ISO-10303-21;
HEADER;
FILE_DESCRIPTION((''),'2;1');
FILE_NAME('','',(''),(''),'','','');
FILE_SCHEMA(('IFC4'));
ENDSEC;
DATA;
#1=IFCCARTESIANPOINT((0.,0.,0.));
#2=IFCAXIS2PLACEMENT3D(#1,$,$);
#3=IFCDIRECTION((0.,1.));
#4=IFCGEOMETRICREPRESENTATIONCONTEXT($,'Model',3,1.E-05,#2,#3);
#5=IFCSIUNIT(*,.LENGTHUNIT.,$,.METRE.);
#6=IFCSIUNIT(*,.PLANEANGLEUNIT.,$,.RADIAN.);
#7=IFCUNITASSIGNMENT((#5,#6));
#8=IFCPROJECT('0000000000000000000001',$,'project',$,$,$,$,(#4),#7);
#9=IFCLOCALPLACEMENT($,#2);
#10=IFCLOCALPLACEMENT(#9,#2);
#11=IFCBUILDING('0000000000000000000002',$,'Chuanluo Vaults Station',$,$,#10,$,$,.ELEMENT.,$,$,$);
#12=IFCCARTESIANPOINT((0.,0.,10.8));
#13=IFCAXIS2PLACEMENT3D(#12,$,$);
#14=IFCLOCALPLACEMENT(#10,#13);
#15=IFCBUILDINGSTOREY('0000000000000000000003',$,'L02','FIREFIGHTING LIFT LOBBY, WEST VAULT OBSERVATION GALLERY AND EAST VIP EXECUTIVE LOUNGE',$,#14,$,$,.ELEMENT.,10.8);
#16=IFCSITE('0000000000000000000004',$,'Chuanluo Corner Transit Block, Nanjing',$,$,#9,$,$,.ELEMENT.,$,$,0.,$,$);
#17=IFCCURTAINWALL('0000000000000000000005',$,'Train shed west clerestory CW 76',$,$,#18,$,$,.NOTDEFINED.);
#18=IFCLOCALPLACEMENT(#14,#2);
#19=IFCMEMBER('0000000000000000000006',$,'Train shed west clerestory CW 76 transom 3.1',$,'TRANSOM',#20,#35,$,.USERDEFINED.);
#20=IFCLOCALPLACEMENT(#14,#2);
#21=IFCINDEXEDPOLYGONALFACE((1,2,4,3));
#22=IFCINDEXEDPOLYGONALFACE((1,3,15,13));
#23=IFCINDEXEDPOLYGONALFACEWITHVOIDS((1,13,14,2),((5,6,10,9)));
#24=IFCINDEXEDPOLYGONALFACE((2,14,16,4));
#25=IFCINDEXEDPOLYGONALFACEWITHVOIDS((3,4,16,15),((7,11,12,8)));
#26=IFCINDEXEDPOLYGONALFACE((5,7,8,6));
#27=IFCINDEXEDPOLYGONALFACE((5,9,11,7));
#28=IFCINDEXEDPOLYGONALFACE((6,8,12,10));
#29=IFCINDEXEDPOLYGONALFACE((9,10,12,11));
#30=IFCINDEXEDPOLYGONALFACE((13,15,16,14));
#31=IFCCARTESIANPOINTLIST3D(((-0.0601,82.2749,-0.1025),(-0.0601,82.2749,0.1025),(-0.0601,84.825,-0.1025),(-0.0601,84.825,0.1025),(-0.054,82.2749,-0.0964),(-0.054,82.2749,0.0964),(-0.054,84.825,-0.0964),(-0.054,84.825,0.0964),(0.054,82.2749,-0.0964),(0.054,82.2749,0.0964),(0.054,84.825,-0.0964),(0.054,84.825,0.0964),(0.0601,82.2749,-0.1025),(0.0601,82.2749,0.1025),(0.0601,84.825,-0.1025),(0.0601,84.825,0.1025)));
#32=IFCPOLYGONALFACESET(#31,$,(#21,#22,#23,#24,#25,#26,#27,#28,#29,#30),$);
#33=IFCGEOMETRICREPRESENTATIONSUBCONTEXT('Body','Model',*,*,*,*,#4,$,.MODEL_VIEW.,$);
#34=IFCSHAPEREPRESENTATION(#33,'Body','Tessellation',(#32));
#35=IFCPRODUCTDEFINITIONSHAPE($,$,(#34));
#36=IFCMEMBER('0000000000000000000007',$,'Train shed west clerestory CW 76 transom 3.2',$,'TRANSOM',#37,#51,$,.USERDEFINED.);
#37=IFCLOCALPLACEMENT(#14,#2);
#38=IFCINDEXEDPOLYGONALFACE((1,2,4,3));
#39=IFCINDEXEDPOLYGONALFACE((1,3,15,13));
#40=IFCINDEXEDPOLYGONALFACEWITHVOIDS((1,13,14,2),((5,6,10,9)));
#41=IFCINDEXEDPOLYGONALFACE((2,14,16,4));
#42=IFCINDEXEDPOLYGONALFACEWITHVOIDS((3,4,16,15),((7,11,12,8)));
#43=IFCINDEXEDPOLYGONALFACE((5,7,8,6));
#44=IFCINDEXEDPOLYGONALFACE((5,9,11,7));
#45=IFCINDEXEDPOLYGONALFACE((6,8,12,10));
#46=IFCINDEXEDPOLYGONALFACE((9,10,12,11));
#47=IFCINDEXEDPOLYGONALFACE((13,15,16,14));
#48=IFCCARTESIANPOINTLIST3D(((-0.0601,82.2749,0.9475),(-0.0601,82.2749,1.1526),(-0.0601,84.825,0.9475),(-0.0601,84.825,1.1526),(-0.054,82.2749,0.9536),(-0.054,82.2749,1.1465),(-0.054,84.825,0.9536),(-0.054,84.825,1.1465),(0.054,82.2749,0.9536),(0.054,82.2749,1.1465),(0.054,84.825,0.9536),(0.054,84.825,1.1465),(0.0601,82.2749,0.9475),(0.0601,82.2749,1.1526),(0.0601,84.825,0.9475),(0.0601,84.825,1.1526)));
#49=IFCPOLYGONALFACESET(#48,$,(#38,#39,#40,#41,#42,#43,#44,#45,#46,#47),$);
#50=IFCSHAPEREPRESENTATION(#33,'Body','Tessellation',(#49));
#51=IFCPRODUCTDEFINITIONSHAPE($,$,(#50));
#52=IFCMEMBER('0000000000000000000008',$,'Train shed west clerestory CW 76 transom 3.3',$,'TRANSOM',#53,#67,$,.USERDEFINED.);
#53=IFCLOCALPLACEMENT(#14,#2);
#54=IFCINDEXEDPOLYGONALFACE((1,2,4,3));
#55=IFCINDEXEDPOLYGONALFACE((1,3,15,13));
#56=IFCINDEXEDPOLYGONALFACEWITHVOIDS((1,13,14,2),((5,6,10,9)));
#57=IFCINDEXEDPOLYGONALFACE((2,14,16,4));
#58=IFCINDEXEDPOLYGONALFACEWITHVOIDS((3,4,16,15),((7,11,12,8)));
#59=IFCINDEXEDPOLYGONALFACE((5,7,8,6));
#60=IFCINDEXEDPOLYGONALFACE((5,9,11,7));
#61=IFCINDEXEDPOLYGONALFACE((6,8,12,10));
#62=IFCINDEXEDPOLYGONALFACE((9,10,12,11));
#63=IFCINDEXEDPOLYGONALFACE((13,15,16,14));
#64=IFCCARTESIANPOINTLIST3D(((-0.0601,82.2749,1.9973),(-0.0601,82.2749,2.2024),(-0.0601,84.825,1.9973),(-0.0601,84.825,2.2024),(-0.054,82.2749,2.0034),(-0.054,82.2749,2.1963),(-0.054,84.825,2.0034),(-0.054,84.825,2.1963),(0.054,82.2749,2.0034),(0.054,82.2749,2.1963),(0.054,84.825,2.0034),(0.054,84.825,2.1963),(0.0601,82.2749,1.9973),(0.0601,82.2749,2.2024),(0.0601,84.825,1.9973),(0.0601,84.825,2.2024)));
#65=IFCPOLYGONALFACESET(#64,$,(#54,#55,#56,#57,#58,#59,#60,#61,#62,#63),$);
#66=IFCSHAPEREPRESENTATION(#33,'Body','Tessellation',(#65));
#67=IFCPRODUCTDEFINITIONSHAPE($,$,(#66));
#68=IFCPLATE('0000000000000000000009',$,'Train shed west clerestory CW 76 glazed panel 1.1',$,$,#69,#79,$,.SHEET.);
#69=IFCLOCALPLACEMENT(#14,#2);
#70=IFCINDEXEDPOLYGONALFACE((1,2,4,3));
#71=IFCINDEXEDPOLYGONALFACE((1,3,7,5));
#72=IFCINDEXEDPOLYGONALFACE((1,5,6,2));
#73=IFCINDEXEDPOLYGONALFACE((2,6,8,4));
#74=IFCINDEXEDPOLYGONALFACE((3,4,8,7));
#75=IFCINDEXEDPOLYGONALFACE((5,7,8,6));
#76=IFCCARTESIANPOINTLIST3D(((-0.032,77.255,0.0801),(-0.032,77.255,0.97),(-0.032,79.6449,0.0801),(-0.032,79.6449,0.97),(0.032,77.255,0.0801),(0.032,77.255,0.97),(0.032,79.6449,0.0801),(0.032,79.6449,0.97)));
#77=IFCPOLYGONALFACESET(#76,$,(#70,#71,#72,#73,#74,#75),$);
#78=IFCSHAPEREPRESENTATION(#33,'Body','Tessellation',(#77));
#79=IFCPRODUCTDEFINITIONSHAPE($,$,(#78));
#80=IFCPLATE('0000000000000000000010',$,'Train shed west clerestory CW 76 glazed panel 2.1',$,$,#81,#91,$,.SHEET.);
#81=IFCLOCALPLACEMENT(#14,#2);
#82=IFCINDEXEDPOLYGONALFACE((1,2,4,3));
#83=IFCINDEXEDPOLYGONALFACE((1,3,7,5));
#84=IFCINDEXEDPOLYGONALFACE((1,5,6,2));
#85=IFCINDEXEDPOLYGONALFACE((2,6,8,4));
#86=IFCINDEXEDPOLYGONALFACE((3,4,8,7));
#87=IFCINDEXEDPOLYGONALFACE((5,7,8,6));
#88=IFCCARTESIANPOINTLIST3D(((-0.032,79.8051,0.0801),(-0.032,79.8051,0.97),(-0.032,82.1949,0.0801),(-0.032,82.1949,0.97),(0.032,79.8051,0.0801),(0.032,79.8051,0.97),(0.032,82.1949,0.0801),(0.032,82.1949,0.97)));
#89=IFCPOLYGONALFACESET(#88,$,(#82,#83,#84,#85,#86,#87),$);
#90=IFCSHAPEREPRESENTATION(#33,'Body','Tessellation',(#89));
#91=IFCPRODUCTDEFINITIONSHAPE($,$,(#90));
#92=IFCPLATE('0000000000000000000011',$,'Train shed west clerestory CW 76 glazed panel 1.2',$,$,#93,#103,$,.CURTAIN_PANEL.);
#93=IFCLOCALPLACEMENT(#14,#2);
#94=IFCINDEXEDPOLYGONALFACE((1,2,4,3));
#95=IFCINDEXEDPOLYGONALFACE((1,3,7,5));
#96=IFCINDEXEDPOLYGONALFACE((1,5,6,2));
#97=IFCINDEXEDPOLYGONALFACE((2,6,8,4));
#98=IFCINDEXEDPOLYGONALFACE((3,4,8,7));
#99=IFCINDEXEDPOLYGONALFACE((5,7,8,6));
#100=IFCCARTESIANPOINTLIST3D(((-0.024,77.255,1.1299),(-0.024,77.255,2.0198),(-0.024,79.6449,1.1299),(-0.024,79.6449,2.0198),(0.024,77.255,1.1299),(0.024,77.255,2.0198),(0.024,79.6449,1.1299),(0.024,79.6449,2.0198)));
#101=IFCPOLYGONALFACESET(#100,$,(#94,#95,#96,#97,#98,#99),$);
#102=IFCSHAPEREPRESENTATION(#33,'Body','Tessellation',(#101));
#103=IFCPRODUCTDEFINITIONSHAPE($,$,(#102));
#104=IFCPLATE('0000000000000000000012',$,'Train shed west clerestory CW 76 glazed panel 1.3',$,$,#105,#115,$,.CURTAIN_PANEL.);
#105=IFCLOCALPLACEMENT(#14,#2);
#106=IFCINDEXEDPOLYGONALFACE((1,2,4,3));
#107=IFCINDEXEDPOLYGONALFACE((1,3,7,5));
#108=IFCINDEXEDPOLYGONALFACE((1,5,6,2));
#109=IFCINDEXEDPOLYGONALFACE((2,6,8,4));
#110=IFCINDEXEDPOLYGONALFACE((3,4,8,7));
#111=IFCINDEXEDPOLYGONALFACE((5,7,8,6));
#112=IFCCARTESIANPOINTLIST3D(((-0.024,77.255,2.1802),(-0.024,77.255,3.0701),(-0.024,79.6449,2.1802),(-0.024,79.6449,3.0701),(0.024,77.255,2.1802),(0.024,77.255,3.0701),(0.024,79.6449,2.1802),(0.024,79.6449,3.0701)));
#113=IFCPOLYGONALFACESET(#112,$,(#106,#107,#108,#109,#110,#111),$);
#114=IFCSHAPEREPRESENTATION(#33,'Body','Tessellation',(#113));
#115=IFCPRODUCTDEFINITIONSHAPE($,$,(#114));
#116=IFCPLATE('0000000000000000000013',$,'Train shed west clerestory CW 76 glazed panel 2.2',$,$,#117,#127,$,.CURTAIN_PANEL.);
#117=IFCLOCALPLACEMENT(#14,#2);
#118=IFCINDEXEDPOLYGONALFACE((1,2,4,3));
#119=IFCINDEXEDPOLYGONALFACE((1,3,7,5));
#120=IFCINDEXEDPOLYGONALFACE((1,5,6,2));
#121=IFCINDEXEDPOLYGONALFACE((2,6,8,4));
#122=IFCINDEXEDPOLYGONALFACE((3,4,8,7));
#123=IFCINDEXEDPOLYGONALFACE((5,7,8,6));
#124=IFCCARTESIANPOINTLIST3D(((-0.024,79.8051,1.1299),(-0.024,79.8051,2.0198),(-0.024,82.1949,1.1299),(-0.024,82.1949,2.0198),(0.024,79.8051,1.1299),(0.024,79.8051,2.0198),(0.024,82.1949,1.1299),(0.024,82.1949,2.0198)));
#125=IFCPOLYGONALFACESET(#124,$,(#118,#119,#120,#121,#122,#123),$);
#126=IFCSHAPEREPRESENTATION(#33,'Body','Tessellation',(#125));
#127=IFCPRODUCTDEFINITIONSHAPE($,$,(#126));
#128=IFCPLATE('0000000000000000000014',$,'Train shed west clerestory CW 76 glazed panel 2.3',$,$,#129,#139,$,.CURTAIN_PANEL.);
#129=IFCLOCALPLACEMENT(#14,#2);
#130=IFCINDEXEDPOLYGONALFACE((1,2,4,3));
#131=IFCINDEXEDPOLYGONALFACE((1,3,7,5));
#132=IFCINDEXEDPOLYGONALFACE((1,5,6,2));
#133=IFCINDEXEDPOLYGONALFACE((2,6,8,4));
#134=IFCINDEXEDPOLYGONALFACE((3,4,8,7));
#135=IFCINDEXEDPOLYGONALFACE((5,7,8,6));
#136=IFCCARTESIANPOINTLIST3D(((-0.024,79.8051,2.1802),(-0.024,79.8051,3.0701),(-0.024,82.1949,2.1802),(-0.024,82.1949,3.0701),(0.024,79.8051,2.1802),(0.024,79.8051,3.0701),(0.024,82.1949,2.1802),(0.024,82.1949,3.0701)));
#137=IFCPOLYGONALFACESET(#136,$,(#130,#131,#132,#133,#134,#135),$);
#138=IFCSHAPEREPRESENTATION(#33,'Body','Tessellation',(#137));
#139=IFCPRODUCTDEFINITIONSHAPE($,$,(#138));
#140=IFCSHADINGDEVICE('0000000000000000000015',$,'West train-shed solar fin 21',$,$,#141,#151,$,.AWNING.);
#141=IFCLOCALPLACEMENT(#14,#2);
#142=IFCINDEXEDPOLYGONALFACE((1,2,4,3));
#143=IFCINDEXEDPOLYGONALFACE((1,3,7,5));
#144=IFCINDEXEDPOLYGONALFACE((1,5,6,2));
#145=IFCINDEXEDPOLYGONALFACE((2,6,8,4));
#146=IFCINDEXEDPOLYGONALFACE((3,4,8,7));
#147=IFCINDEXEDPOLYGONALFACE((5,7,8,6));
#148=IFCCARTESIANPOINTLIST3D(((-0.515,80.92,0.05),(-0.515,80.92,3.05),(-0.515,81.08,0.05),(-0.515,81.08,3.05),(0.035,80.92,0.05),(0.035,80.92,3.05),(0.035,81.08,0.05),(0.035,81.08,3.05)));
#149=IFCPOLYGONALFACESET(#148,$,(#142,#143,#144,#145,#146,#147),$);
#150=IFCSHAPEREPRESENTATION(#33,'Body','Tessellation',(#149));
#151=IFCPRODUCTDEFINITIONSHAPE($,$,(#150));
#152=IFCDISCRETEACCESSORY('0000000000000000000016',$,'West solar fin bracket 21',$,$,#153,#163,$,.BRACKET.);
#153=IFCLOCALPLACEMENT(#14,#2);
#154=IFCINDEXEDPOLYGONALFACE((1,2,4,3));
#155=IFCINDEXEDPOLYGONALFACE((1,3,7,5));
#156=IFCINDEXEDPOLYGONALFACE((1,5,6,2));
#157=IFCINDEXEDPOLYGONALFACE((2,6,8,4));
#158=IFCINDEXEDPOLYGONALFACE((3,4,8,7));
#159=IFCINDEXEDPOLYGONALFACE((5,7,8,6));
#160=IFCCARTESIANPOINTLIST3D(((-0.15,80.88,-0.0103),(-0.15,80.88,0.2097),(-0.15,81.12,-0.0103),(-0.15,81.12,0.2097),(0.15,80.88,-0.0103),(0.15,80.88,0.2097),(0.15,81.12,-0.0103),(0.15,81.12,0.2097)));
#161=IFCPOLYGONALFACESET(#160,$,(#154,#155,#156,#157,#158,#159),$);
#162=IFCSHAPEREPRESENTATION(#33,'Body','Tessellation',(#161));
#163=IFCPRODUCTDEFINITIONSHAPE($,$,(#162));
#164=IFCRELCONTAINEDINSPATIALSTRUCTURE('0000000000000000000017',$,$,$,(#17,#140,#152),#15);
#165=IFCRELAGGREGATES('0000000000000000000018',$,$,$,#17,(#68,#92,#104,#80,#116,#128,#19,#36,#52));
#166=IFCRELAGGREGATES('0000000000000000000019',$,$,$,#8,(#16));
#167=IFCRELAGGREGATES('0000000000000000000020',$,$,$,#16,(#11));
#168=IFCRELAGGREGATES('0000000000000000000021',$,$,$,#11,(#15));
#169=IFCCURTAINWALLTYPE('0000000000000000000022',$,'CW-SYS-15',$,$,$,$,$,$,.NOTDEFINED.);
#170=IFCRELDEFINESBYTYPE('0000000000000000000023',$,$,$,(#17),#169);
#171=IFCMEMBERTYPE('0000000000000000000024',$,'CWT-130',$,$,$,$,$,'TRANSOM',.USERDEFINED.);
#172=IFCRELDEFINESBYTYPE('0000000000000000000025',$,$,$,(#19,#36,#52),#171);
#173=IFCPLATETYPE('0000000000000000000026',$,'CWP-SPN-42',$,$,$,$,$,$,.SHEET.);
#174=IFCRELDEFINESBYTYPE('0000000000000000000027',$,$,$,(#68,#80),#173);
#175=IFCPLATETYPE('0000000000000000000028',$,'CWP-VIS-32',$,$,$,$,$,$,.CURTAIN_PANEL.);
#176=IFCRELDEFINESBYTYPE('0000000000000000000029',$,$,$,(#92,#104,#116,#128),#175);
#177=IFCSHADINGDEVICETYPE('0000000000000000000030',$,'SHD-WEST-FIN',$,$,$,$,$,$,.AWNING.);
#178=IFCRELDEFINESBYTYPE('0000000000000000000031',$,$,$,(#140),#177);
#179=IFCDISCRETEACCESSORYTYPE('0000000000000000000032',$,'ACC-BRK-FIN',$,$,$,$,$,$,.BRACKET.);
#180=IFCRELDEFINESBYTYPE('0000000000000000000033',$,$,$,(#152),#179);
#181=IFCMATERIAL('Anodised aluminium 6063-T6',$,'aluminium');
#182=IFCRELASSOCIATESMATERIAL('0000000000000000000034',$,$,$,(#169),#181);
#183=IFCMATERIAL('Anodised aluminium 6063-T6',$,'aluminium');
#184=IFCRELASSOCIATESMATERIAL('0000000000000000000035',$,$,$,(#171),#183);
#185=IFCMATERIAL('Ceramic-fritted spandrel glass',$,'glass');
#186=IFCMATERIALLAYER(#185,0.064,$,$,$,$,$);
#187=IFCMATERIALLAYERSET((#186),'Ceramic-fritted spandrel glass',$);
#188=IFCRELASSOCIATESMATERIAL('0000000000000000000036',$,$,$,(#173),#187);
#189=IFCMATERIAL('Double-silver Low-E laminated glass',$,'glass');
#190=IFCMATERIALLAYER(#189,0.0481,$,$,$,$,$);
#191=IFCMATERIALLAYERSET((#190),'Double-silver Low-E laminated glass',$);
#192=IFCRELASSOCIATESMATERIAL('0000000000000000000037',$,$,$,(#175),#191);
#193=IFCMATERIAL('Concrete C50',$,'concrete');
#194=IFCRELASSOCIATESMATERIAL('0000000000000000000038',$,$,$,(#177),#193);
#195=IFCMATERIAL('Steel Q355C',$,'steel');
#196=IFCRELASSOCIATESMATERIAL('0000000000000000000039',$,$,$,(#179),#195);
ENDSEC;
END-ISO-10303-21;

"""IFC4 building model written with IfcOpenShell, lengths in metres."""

from ifc_helpers import new_model, si_unit, direction, frame, origin, origin_2d, place, context, subcontext, project, spatial, rectangle, hollow_rectangle, extrude, material, layer, layer_set, material_profile, profile_set, type_object, element, aggregate, save


model = new_model("IFC4")

# Units and contexts
model_context = context("Model", 3, precision=1e-05, world=origin(), true_north=direction((0.0, 1.0)))
body_context = subcontext(model_context, "Body", "Model", "MODEL_VIEW")
ifc_project = project(units=[si_unit("LENGTHUNIT", "METRE"), si_unit("PLANEANGLEUNIT", "RADIAN")], contexts=[model_context])

# Site, building, storey
site_placement = place(None, origin())
site = spatial("IfcSite", under=ifc_project, at=site_placement, Name="Chuanluo Corner Transit Block, Nanjing", CompositionType="ELEMENT", RefElevation=0.0)
building_placement = place(site_placement, origin())
building = spatial("IfcBuilding", under=site, at=building_placement, Name="Chuanluo Vaults Station", CompositionType="ELEMENT")
storey_placement = place(building_placement, frame((0.0, 0.0, 10.8)))
storey = spatial("IfcBuildingStorey", under=building, at=storey_placement, Name="L02", Description="FIREFIGHTING LIFT LOBBY, WEST VAULT OBSERVATION GALLERY AND EAST VIP EXECUTIVE LOUNGE", CompositionType="ELEMENT", Elevation=10.8)

# Curtain wall, members, plates
ifc_material_1 = material(Name="Anodised aluminium 6063-T6", Category="aluminium")
curtain_wall_type = type_object("IfcCurtainWallType", Name="CW-SYS-15", PredefinedType="NOTDEFINED", material=ifc_material_1)
curtain_wall_placement = place(storey_placement, origin())
curtain_wall = element("IfcCurtainWall", 1, at=curtain_wall_placement, inside=storey, type_object=curtain_wall_type, Name="Train shed west clerestory CW 76", PredefinedType="NOTDEFINED")
ifc_material_2 = material(Name="Anodised aluminium 6063-T6", Category="aluminium")
ifc_material_profile_1 = material_profile(ifc_material_2, hollow_rectangle(XDim=0.1201, YDim=0.2051, WallThickness=0.0061, at=origin_2d()))
ifc_profile_set_1 = profile_set([ifc_material_profile_1], Name="Anodised aluminium 6063-T6")
member_type_1 = type_object("IfcMemberType", Name="CWT-130", ElementType="TRANSOM", PredefinedType="USERDEFINED", material=ifc_profile_set_1)
member_1_placement = place(storey_placement, frame((0.0, 82.2749, 0.0), z_axis=(0.0, 1.0, 0.0), x_axis=(-1.0, 0.0, 0.0)))
member_1 = element("IfcMember", 2, at=member_1_placement, type_object=member_type_1, Name="Train shed west clerestory CW 76 transom 3.1", ObjectType="TRANSOM", PredefinedType="USERDEFINED", context=body_context, shape_type="SweptSolid", body=[
    extrude(hollow_rectangle(XDim=0.1201, YDim=0.2051, WallThickness=0.0061, at=origin_2d()), origin(), (0.0, 0.0, 1.0), 2.55),
])
member_2_placement = place(storey_placement, frame((0.0, 82.2749, 1.05), z_axis=(0.0, 1.0, 0.0), x_axis=(-1.0, 0.0, 0.0)))
member_2 = element("IfcMember", 3, at=member_2_placement, type_object=member_type_1, Name="Train shed west clerestory CW 76 transom 3.2", ObjectType="TRANSOM", PredefinedType="USERDEFINED", context=body_context, shape_type="SweptSolid", body=[
    extrude(hollow_rectangle(XDim=0.1201, YDim=0.2051, WallThickness=0.0061, at=origin_2d()), origin(), (0.0, 0.0, 1.0), 2.55),
])
member_3_placement = place(storey_placement, frame((0.0, 82.2749, 2.0999), z_axis=(0.0, 1.0, 0.0), x_axis=(-1.0, 0.0, 0.0)))
member_3 = element("IfcMember", 4, at=member_3_placement, type_object=member_type_1, Name="Train shed west clerestory CW 76 transom 3.3", ObjectType="TRANSOM", PredefinedType="USERDEFINED", context=body_context, shape_type="SweptSolid", body=[
    extrude(hollow_rectangle(XDim=0.1201, YDim=0.2051, WallThickness=0.0061, at=origin_2d()), origin(), (0.0, 0.0, 1.0), 2.55),
])
ifc_material_3 = material(Name="Ceramic-fritted spandrel glass", Category="glass")
ifc_layer_1 = layer(ifc_material_3, 0.064)
ifc_layer_set_1 = layer_set([ifc_layer_1], Name="Ceramic-fritted spandrel glass")
plate_type_1 = type_object("IfcPlateType", Name="CWP-SPN-42", PredefinedType="SHEET", material=ifc_layer_set_1)
plate_1_placement = place(storey_placement, frame((0.0, 78.45, 0.0801), z_axis=(0.0, 0.0, 1.0), x_axis=(0.0, 1.0, 0.0)))
plate_1 = element("IfcPlate", 5, at=plate_1_placement, type_object=plate_type_1, Name="Train shed west clerestory CW 76 glazed panel 1.1", PredefinedType="SHEET", context=body_context, shape_type="SweptSolid", body=[
    extrude(rectangle(XDim=2.3899, YDim=0.064, at=origin_2d()), origin(), (0.0, 0.0, 1.0), 0.8899),
])
plate_2_placement = place(storey_placement, frame((0.0, 81.0, 0.0801), z_axis=(0.0, 0.0, 1.0), x_axis=(0.0, 1.0, 0.0)))
plate_2 = element("IfcPlate", 6, at=plate_2_placement, type_object=plate_type_1, Name="Train shed west clerestory CW 76 glazed panel 2.1", PredefinedType="SHEET", context=body_context, shape_type="SweptSolid", body=[
    extrude(rectangle(XDim=2.3899, YDim=0.064, at=origin_2d()), origin(), (0.0, 0.0, 1.0), 0.8899),
])
ifc_material_4 = material(Name="Double-silver Low-E laminated glass", Category="glass")
ifc_layer_2 = layer(ifc_material_4, 0.0481)
ifc_layer_set_2 = layer_set([ifc_layer_2], Name="Double-silver Low-E laminated glass")
plate_type_2 = type_object("IfcPlateType", Name="CWP-VIS-32", PredefinedType="CURTAIN_PANEL", material=ifc_layer_set_2)
plate_3_placement = place(storey_placement, frame((0.0, 78.45, 1.1299), z_axis=(0.0, 0.0, 1.0), x_axis=(0.0, 1.0, 0.0)))
plate_3 = element("IfcPlate", 7, at=plate_3_placement, type_object=plate_type_2, Name="Train shed west clerestory CW 76 glazed panel 1.2", PredefinedType="CURTAIN_PANEL", context=body_context, shape_type="SweptSolid", body=[
    extrude(rectangle(XDim=2.3899, YDim=0.0481, at=origin_2d()), origin(), (0.0, 0.0, 1.0), 0.8899),
])
plate_4_placement = place(storey_placement, frame((0.0, 78.45, 2.1802), z_axis=(0.0, 0.0, 1.0), x_axis=(0.0, 1.0, 0.0)))
plate_4 = element("IfcPlate", 8, at=plate_4_placement, type_object=plate_type_2, Name="Train shed west clerestory CW 76 glazed panel 1.3", PredefinedType="CURTAIN_PANEL", context=body_context, shape_type="SweptSolid", body=[
    extrude(rectangle(XDim=2.3899, YDim=0.0481, at=origin_2d()), origin(), (0.0, 0.0, 1.0), 0.8899),
])
plate_5_placement = place(storey_placement, frame((0.0, 81.0, 1.1299), z_axis=(0.0, 0.0, 1.0), x_axis=(0.0, 1.0, 0.0)))
plate_5 = element("IfcPlate", 9, at=plate_5_placement, type_object=plate_type_2, Name="Train shed west clerestory CW 76 glazed panel 2.2", PredefinedType="CURTAIN_PANEL", context=body_context, shape_type="SweptSolid", body=[
    extrude(rectangle(XDim=2.3899, YDim=0.0481, at=origin_2d()), origin(), (0.0, 0.0, 1.0), 0.8899),
])
plate_6_placement = place(storey_placement, frame((0.0, 81.0, 2.1802), z_axis=(0.0, 0.0, 1.0), x_axis=(0.0, 1.0, 0.0)))
plate_6 = element("IfcPlate", 10, at=plate_6_placement, type_object=plate_type_2, Name="Train shed west clerestory CW 76 glazed panel 2.3", PredefinedType="CURTAIN_PANEL", context=body_context, shape_type="SweptSolid", body=[
    extrude(rectangle(XDim=2.3899, YDim=0.0481, at=origin_2d()), origin(), (0.0, 0.0, 1.0), 0.8899),
])
aggregate(curtain_wall, [plate_1, plate_3, plate_4, plate_2, plate_5, plate_6, member_1, member_2, member_3])

# Shading device
ifc_material_5 = material(Name="Concrete C50", Category="concrete")
shading_device_type = type_object("IfcShadingDeviceType", Name="SHD-WEST-FIN", PredefinedType="AWNING", material=ifc_material_5)
shading_device_placement = place(storey_placement, frame((-0.24, 81.0, 0.05), z_axis=(0.0, 0.0, 1.0), x_axis=(1.0, 0.0, 0.0)))
element("IfcShadingDevice", 11, at=shading_device_placement, inside=storey, type_object=shading_device_type, Name="West train-shed solar fin 21", PredefinedType="AWNING", context=body_context, shape_type="SweptSolid", body=[
    extrude(rectangle(XDim=0.55, YDim=0.1599, at=origin_2d()), origin(), (0.0, 0.0, 1.0), 3.0),
])

# Discrete accessory
ifc_material_6 = material(Name="Steel Q355C", Category="steel")
discrete_accessory_type = type_object("IfcDiscreteAccessoryType", Name="ACC-BRK-FIN", PredefinedType="BRACKET", material=ifc_material_6)
discrete_accessory_placement = place(storey_placement, frame((0.0, 81.0, -0.0103), z_axis=(0.0, 0.0, 1.0), x_axis=(1.0, 0.0, 0.0)))
element("IfcDiscreteAccessory", 12, at=discrete_accessory_placement, inside=storey, type_object=discrete_accessory_type, Name="West solar fin bracket 21", PredefinedType="BRACKET", context=body_context, shape_type="SweptSolid", body=[
    extrude(rectangle(XDim=0.3, YDim=0.24, at=origin_2d()), origin(), (0.0, 0.0, 1.0), 0.22),
])

save(model, "model.ifc")
